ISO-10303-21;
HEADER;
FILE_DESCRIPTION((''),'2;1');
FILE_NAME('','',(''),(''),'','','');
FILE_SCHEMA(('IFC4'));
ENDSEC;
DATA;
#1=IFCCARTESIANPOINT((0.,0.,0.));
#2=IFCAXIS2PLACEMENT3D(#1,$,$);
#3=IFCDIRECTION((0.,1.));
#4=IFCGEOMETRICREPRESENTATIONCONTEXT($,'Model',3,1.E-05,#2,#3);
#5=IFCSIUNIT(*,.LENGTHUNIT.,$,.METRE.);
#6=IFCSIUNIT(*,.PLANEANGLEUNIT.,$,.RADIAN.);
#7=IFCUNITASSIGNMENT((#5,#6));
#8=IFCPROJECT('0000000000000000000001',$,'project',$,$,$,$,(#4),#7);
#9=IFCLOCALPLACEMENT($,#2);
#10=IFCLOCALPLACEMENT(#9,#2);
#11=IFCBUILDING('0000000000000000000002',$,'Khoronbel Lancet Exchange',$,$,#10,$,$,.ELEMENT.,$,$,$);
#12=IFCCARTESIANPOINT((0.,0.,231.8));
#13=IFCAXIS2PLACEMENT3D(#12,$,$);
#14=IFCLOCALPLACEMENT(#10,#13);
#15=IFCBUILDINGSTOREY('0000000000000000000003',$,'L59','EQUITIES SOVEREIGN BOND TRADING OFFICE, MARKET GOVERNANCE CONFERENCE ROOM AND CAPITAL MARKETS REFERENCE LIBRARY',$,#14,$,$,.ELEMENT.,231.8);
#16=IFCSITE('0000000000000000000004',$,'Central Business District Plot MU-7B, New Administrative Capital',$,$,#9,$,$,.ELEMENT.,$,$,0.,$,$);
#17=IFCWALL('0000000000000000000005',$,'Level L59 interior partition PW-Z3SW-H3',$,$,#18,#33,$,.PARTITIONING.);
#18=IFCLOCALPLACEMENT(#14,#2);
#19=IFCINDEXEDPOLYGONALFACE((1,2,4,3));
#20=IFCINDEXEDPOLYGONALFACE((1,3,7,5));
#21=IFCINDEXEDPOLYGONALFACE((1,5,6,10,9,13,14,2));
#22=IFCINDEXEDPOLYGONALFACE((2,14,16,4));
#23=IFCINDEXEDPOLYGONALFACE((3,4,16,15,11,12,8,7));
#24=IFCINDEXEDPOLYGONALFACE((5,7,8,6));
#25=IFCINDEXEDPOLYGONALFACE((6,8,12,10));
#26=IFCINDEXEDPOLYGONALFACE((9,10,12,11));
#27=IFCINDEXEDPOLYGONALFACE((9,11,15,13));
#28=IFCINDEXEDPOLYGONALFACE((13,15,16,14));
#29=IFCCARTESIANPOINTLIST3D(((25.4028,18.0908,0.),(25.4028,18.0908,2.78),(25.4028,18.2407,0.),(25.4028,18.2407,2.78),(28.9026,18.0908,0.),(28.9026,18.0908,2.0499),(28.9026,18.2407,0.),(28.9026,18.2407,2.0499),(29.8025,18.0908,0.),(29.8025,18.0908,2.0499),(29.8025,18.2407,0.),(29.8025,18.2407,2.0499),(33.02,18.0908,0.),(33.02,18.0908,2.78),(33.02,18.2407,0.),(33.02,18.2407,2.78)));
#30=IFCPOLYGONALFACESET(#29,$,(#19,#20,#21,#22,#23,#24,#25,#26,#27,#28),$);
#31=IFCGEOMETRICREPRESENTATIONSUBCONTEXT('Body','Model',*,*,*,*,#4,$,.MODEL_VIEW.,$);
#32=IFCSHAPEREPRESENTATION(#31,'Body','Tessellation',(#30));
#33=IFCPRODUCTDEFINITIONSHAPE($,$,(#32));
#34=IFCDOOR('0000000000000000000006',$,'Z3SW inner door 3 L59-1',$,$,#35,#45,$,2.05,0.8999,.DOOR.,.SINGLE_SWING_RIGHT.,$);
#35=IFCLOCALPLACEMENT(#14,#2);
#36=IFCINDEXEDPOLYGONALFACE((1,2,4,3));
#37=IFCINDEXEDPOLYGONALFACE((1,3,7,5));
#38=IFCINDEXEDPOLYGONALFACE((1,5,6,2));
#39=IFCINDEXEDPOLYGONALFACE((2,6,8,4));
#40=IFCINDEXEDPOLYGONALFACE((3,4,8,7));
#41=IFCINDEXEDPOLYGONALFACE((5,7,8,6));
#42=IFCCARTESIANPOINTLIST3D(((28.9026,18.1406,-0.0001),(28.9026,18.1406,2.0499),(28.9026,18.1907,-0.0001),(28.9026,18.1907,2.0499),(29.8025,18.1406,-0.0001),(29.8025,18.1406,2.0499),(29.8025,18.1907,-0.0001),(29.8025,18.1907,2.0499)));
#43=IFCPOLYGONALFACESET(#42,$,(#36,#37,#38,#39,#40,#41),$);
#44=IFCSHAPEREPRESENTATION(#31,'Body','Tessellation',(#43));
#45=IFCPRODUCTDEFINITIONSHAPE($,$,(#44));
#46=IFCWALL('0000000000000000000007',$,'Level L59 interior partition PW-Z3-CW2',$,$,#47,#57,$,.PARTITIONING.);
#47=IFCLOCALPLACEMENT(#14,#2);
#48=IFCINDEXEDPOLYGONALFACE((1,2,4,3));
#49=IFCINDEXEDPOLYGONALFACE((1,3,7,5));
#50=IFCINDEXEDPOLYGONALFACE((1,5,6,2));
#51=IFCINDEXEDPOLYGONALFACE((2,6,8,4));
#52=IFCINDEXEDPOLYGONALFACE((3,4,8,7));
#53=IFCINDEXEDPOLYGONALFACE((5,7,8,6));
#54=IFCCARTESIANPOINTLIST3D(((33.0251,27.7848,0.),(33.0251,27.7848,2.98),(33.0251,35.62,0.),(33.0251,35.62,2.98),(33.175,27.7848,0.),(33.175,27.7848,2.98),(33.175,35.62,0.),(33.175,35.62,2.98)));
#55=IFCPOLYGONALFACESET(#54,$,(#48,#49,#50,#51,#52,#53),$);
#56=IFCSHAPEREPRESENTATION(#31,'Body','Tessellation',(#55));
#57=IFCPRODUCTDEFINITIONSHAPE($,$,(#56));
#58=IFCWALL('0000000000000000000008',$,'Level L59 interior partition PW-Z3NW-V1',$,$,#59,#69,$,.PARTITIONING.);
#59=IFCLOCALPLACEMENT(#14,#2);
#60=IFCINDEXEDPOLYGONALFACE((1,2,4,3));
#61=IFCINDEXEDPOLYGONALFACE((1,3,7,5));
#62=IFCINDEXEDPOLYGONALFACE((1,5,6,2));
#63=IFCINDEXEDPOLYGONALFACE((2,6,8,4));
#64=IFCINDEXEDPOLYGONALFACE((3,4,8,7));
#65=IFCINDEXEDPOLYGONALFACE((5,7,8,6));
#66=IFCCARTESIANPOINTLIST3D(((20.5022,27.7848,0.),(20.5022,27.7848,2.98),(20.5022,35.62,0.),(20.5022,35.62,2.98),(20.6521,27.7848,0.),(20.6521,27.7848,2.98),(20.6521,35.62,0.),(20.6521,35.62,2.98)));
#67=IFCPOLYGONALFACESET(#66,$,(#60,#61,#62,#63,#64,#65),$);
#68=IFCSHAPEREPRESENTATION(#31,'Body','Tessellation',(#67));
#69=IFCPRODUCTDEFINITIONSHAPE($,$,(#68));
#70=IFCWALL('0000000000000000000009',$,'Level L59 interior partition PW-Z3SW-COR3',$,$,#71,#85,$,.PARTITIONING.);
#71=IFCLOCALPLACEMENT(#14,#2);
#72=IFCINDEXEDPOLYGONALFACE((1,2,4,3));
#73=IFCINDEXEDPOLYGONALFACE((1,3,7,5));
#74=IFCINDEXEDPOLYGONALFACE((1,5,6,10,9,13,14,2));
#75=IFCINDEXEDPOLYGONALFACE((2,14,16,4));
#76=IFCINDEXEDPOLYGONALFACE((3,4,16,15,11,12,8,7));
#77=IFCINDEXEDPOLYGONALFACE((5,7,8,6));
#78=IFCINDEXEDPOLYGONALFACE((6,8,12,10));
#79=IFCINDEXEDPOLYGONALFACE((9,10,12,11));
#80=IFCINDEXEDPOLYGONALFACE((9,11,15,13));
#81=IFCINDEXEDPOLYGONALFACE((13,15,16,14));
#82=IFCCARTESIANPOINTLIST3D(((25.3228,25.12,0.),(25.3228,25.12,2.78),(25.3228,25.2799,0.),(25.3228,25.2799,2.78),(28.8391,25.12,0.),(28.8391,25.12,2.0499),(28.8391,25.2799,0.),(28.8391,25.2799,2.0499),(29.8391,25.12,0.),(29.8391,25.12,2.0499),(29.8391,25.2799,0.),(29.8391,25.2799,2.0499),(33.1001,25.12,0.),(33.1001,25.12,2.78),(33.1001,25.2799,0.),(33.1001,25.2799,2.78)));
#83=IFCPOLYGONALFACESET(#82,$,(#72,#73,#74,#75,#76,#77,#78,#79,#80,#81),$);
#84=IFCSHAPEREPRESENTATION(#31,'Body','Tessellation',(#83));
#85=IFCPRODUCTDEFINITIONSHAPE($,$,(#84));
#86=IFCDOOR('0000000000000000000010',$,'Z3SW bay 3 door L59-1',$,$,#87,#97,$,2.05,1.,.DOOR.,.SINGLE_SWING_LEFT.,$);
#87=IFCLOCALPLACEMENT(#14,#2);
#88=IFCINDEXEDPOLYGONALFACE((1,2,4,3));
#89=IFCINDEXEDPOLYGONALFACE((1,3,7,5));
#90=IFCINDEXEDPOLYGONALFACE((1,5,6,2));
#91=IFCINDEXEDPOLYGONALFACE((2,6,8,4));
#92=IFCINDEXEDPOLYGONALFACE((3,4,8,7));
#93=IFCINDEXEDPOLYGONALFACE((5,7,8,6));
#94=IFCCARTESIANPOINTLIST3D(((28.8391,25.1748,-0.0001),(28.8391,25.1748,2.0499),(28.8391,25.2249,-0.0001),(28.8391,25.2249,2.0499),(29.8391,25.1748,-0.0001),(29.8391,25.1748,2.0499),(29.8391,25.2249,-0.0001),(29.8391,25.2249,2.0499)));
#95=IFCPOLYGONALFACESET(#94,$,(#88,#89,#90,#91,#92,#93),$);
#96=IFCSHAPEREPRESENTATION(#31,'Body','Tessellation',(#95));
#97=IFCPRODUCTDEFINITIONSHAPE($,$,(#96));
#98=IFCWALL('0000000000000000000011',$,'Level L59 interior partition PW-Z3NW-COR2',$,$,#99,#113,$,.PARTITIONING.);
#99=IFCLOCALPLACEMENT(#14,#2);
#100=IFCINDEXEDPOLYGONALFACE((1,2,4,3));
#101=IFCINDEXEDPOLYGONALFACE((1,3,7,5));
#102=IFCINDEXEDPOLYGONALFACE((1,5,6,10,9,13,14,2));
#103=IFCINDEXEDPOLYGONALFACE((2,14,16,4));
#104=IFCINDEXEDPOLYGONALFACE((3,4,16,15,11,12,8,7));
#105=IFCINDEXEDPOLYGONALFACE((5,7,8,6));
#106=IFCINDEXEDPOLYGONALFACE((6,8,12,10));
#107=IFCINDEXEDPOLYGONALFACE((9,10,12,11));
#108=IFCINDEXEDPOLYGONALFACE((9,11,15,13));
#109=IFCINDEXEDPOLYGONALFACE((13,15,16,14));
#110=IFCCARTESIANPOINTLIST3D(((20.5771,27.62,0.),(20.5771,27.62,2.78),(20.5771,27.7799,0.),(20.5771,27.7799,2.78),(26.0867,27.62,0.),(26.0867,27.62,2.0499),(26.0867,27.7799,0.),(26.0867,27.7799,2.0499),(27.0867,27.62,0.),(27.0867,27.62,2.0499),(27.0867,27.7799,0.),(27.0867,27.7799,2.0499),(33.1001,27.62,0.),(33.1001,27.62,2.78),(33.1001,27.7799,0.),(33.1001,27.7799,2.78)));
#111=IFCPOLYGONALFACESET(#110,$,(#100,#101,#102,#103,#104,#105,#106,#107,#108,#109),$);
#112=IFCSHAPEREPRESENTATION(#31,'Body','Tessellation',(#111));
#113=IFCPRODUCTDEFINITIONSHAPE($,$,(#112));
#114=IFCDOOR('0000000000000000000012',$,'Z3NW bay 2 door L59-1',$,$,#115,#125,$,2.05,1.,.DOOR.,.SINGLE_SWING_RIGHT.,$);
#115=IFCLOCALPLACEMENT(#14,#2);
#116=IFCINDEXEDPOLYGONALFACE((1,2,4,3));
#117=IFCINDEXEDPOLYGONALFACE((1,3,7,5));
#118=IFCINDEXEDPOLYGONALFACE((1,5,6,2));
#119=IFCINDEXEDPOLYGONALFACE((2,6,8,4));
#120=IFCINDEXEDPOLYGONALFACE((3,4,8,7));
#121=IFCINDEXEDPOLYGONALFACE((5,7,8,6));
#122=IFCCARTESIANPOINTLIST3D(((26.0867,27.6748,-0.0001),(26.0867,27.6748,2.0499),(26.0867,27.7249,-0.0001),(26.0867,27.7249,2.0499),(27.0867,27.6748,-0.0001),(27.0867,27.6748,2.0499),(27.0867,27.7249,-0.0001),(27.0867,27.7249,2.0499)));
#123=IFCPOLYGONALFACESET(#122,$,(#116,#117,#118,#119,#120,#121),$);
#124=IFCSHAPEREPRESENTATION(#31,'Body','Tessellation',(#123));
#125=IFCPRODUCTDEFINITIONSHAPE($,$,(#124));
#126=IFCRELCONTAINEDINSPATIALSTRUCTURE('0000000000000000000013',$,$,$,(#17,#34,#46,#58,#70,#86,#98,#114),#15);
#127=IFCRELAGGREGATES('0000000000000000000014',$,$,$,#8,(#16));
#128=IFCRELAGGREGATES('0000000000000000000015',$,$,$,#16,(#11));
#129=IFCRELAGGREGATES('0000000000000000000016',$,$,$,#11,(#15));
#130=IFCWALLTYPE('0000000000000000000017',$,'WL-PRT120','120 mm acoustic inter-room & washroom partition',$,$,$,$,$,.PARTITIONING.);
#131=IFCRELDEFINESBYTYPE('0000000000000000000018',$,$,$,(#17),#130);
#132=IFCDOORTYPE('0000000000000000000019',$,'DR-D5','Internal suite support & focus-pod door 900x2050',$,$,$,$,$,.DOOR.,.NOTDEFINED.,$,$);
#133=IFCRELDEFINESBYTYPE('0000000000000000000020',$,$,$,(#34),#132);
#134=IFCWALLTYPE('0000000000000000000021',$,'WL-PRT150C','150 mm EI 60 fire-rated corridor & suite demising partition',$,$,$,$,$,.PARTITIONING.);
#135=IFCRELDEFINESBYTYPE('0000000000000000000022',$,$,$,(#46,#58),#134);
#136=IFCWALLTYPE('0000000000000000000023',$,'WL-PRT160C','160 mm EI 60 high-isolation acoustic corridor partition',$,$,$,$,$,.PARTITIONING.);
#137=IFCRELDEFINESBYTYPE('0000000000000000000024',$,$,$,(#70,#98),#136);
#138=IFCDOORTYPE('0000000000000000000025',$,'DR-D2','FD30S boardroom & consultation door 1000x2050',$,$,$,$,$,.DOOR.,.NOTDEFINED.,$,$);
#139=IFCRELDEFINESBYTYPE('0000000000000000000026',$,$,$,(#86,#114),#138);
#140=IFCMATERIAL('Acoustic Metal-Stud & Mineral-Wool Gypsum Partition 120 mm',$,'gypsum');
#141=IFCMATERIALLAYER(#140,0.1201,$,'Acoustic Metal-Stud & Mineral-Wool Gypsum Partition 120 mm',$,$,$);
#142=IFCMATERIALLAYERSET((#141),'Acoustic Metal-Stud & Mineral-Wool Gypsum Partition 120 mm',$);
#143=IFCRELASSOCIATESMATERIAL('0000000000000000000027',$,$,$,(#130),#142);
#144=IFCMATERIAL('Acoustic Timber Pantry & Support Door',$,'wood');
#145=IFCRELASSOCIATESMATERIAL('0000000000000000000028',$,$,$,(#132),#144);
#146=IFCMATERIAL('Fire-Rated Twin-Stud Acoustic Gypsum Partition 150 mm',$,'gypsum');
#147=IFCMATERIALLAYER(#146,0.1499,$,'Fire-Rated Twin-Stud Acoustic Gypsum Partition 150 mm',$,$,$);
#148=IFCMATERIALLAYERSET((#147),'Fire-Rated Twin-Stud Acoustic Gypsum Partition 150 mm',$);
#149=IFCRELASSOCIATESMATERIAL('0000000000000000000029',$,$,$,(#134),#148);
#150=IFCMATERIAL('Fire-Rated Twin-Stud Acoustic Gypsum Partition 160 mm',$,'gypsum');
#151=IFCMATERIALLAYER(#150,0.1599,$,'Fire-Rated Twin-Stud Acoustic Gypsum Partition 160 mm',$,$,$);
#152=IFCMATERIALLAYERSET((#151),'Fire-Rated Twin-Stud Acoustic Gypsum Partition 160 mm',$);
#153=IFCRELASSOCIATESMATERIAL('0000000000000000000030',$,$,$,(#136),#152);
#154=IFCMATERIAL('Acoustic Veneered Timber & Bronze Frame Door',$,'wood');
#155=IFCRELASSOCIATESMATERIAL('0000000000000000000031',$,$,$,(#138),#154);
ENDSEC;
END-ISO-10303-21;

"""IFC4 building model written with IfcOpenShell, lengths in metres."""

from ifc_helpers import new_model, si_unit, direction, frame, frame_2d, origin, place, context, subcontext, project, spatial, rectangle, extrude, material, layer, layer_set, type_object, element, fill, save


model = new_model("IFC4")

# Units and contexts
model_context = context("Model", 3, precision=1e-05, world=origin(), true_north=direction((0.0, 1.0)))
body_context = subcontext(model_context, "Body", "Model", "MODEL_VIEW")
ifc_project = project(units=[si_unit("LENGTHUNIT", "METRE"), si_unit("PLANEANGLEUNIT", "RADIAN")], contexts=[model_context])

# Site, building, storey
site_placement = place(None, origin())
site = spatial("IfcSite", under=ifc_project, at=site_placement, Name="Central Business District Plot MU-7B, New Administrative Capital", CompositionType="ELEMENT", RefElevation=0.0)
building_placement = place(site_placement, origin())
building = spatial("IfcBuilding", under=site, at=building_placement, Name="Khoronbel Lancet Exchange", CompositionType="ELEMENT")
storey_placement = place(building_placement, frame((0.0, 0.0, 231.8)))
storey = spatial("IfcBuildingStorey", under=building, at=storey_placement, Name="L59", Description="EQUITIES SOVEREIGN BOND TRADING OFFICE, MARKET GOVERNANCE CONFERENCE ROOM AND CAPITAL MARKETS REFERENCE LIBRARY", CompositionType="ELEMENT", Elevation=231.8)

# Wall, opening, door
ifc_material_1 = material(Name="Acoustic Metal-Stud & Mineral-Wool Gypsum Partition 120 mm", Category="gypsum")
ifc_layer_1 = layer(ifc_material_1, 0.1201, Name="Acoustic Metal-Stud & Mineral-Wool Gypsum Partition 120 mm")
ifc_layer_set_1 = layer_set([ifc_layer_1], Name="Acoustic Metal-Stud & Mineral-Wool Gypsum Partition 120 mm")
wall_type_1 = type_object("IfcWallType", Name="WL-PRT120", Description="120 mm acoustic inter-room & washroom partition", PredefinedType="PARTITIONING", material=ifc_layer_set_1)
wall_1_placement = place(storey_placement, frame((25.4028, 18.1658, 0.0), z_axis=(0.0, 0.0, 1.0), x_axis=(1.0, 0.0, 0.0)))
wall_1 = element("IfcWall", 1, at=wall_1_placement, inside=storey, type_object=wall_type_1, Name="Level L59 interior partition PW-Z3SW-H3", PredefinedType="PARTITIONING", context=body_context, shape_type="SweptSolid", body=[
    extrude(rectangle(XDim=7.6172, YDim=0.1499, at=frame_2d((3.8086, 0.0))), origin(), (0.0, 0.0, 1.0), 2.78),
])
opening_1_placement = place(wall_1_placement, frame((3.4998, 0.0, 0.0)))
opening_1 = element("IfcOpeningElement", 2, at=opening_1_placement, cuts=wall_1, PredefinedType="OPENING", context=body_context, shape_type="SweptSolid", body=[
    extrude(rectangle(XDim=0.8999, YDim=2.05, at=frame_2d((0.45, 1.0249))), frame((0.0, 0.085, 0.0), z_axis=(0.0, -1.0, 0.0), x_axis=(1.0, 0.0, 0.0)), (0.0, 0.0, 1.0), 0.1699),
])
ifc_material_2 = material(Name="Acoustic Timber Pantry & Support Door", Category="wood")
door_type_1 = type_object("IfcDoorType", Name="DR-D5", Description="Internal suite support & focus-pod door 900x2050", OperationType="NOTDEFINED", PredefinedType="DOOR", material=ifc_material_2)
door_1_placement = place(opening_1_placement, origin())
door_1 = element("IfcDoor", 3, at=door_1_placement, inside=storey, type_object=door_type_1, Name="Z3SW inner door 3 L59-1", OperationType="SINGLE_SWING_RIGHT", OverallHeight=2.05, OverallWidth=0.8999, PredefinedType="DOOR", context=body_context, shape_type="SweptSolid", body=[
    extrude(rectangle(XDim=0.8999, YDim=2.05, at=frame_2d((0.45, 1.0249))), frame((0.0, 0.0249, 0.0), z_axis=(0.0, -1.0, 0.0), x_axis=(1.0, 0.0, 0.0)), (0.0, 0.0, 1.0), 0.05),
])
fill(opening_1, door_1)

# Walls
ifc_material_3 = material(Name="Fire-Rated Twin-Stud Acoustic Gypsum Partition 150 mm", Category="gypsum")
ifc_layer_2 = layer(ifc_material_3, 0.1499, Name="Fire-Rated Twin-Stud Acoustic Gypsum Partition 150 mm")
ifc_layer_set_2 = layer_set([ifc_layer_2], Name="Fire-Rated Twin-Stud Acoustic Gypsum Partition 150 mm")
wall_type_2 = type_object("IfcWallType", Name="WL-PRT150C", Description="150 mm EI 60 fire-rated corridor & suite demising partition", PredefinedType="PARTITIONING", material=ifc_layer_set_2)
for number, where, z_axis, x_axis, name in (
    (4, (33.1001, 27.7849, 0.0), (0.0, 0.0, 1.0), (0.0, 1.0, 0.0), "Level L59 interior partition PW-Z3-CW2"),
    (5, (20.5771, 27.7849, 0.0), (0.0, 0.0, 1.0), (0.0, 1.0, 0.0), "Level L59 interior partition PW-Z3NW-V1"),
):
    element("IfcWall", number, at=place(storey_placement, frame(where, z_axis=z_axis, x_axis=x_axis)), inside=storey, type_object=wall_type_2, Name=name, PredefinedType="PARTITIONING", context=body_context, shape_type="SweptSolid", body=[
        extrude(rectangle(XDim=7.8352, YDim=0.1499, at=frame_2d((3.9175, 0.0))), origin(), (0.0, 0.0, 1.0), 2.98),
    ])

# Walls, openings, doors
ifc_material_4 = material(Name="Fire-Rated Twin-Stud Acoustic Gypsum Partition 160 mm", Category="gypsum")
ifc_layer_3 = layer(ifc_material_4, 0.1599, Name="Fire-Rated Twin-Stud Acoustic Gypsum Partition 160 mm")
ifc_layer_set_3 = layer_set([ifc_layer_3], Name="Fire-Rated Twin-Stud Acoustic Gypsum Partition 160 mm")
wall_type_3 = type_object("IfcWallType", Name="WL-PRT160C", Description="160 mm EI 60 high-isolation acoustic corridor partition", PredefinedType="PARTITIONING", material=ifc_layer_set_3)
wall_2_placement = place(storey_placement, frame((25.3228, 25.2, 0.0), z_axis=(0.0, 0.0, 1.0), x_axis=(1.0, 0.0, 0.0)))
wall_2 = element("IfcWall", 6, at=wall_2_placement, inside=storey, type_object=wall_type_3, Name="Level L59 interior partition PW-Z3SW-COR3", PredefinedType="PARTITIONING", context=body_context, shape_type="SweptSolid", body=[
    extrude(rectangle(XDim=7.7773, YDim=0.1599, at=frame_2d((3.8887, 0.0))), origin(), (0.0, 0.0, 1.0), 2.78),
])
opening_2_placement = place(wall_2_placement, frame((3.5164, 0.0, 0.0)))
opening_2 = element("IfcOpeningElement", 7, at=opening_2_placement, cuts=wall_2, PredefinedType="OPENING", context=body_context, shape_type="SweptSolid", body=[
    extrude(rectangle(XDim=1.0, YDim=2.05, at=frame_2d((0.5, 1.0249))), frame((0.0, 0.0898, 0.0), z_axis=(0.0, -1.0, 0.0), x_axis=(1.0, 0.0, 0.0)), (0.0, 0.0, 1.0), 0.1799),
])
ifc_material_5 = material(Name="Acoustic Veneered Timber & Bronze Frame Door", Category="wood")
door_type_2 = type_object("IfcDoorType", Name="DR-D2", Description="FD30S boardroom & consultation door 1000x2050", OperationType="NOTDEFINED", PredefinedType="DOOR", material=ifc_material_5)
door_2_placement = place(opening_2_placement, origin())
door_2 = element("IfcDoor", 8, at=door_2_placement, inside=storey, type_object=door_type_2, Name="Z3SW bay 3 door L59-1", OperationType="SINGLE_SWING_LEFT", OverallHeight=2.05, OverallWidth=1.0, PredefinedType="DOOR", context=body_context, shape_type="SweptSolid", body=[
    extrude(rectangle(XDim=1.0, YDim=2.05, at=frame_2d((0.5, 1.0249))), frame((0.0, 0.0249, 0.0), z_axis=(0.0, -1.0, 0.0), x_axis=(1.0, 0.0, 0.0)), (0.0, 0.0, 1.0), 0.05),
])
fill(opening_2, door_2)
wall_3_placement = place(storey_placement, frame((20.5771, 27.7, 0.0), z_axis=(0.0, 0.0, 1.0), x_axis=(1.0, 0.0, 0.0)))
wall_3 = element("IfcWall", 9, at=wall_3_placement, inside=storey, type_object=wall_type_3, Name="Level L59 interior partition PW-Z3NW-COR2", PredefinedType="PARTITIONING", context=body_context, shape_type="SweptSolid", body=[
    extrude(rectangle(XDim=12.5229, YDim=0.1599, at=frame_2d((6.2615, 0.0))), origin(), (0.0, 0.0, 1.0), 2.78),
])
opening_3_placement = place(wall_3_placement, frame((5.5095, 0.0, 0.0)))
opening_3 = element("IfcOpeningElement", 10, at=opening_3_placement, cuts=wall_3, PredefinedType="OPENING", context=body_context, shape_type="SweptSolid", body=[
    extrude(rectangle(XDim=1.0, YDim=2.05, at=frame_2d((0.5, 1.0249))), frame((0.0, 0.0898, 0.0), z_axis=(0.0, -1.0, 0.0), x_axis=(1.0, 0.0, 0.0)), (0.0, 0.0, 1.0), 0.1799),
])
door_3_placement = place(opening_3_placement, origin())
door_3 = element("IfcDoor", 11, at=door_3_placement, inside=storey, type_object=door_type_2, Name="Z3NW bay 2 door L59-1", OperationType="SINGLE_SWING_RIGHT", OverallHeight=2.05, OverallWidth=1.0, PredefinedType="DOOR", context=body_context, shape_type="SweptSolid", body=[
    extrude(rectangle(XDim=1.0, YDim=2.05, at=frame_2d((0.5, 1.0249))), frame((0.0, 0.0249, 0.0), z_axis=(0.0, -1.0, 0.0), x_axis=(1.0, 0.0, 0.0)), (0.0, 0.0, 1.0), 0.05),
])
fill(opening_3, door_3)

save(model, "model.ifc")
